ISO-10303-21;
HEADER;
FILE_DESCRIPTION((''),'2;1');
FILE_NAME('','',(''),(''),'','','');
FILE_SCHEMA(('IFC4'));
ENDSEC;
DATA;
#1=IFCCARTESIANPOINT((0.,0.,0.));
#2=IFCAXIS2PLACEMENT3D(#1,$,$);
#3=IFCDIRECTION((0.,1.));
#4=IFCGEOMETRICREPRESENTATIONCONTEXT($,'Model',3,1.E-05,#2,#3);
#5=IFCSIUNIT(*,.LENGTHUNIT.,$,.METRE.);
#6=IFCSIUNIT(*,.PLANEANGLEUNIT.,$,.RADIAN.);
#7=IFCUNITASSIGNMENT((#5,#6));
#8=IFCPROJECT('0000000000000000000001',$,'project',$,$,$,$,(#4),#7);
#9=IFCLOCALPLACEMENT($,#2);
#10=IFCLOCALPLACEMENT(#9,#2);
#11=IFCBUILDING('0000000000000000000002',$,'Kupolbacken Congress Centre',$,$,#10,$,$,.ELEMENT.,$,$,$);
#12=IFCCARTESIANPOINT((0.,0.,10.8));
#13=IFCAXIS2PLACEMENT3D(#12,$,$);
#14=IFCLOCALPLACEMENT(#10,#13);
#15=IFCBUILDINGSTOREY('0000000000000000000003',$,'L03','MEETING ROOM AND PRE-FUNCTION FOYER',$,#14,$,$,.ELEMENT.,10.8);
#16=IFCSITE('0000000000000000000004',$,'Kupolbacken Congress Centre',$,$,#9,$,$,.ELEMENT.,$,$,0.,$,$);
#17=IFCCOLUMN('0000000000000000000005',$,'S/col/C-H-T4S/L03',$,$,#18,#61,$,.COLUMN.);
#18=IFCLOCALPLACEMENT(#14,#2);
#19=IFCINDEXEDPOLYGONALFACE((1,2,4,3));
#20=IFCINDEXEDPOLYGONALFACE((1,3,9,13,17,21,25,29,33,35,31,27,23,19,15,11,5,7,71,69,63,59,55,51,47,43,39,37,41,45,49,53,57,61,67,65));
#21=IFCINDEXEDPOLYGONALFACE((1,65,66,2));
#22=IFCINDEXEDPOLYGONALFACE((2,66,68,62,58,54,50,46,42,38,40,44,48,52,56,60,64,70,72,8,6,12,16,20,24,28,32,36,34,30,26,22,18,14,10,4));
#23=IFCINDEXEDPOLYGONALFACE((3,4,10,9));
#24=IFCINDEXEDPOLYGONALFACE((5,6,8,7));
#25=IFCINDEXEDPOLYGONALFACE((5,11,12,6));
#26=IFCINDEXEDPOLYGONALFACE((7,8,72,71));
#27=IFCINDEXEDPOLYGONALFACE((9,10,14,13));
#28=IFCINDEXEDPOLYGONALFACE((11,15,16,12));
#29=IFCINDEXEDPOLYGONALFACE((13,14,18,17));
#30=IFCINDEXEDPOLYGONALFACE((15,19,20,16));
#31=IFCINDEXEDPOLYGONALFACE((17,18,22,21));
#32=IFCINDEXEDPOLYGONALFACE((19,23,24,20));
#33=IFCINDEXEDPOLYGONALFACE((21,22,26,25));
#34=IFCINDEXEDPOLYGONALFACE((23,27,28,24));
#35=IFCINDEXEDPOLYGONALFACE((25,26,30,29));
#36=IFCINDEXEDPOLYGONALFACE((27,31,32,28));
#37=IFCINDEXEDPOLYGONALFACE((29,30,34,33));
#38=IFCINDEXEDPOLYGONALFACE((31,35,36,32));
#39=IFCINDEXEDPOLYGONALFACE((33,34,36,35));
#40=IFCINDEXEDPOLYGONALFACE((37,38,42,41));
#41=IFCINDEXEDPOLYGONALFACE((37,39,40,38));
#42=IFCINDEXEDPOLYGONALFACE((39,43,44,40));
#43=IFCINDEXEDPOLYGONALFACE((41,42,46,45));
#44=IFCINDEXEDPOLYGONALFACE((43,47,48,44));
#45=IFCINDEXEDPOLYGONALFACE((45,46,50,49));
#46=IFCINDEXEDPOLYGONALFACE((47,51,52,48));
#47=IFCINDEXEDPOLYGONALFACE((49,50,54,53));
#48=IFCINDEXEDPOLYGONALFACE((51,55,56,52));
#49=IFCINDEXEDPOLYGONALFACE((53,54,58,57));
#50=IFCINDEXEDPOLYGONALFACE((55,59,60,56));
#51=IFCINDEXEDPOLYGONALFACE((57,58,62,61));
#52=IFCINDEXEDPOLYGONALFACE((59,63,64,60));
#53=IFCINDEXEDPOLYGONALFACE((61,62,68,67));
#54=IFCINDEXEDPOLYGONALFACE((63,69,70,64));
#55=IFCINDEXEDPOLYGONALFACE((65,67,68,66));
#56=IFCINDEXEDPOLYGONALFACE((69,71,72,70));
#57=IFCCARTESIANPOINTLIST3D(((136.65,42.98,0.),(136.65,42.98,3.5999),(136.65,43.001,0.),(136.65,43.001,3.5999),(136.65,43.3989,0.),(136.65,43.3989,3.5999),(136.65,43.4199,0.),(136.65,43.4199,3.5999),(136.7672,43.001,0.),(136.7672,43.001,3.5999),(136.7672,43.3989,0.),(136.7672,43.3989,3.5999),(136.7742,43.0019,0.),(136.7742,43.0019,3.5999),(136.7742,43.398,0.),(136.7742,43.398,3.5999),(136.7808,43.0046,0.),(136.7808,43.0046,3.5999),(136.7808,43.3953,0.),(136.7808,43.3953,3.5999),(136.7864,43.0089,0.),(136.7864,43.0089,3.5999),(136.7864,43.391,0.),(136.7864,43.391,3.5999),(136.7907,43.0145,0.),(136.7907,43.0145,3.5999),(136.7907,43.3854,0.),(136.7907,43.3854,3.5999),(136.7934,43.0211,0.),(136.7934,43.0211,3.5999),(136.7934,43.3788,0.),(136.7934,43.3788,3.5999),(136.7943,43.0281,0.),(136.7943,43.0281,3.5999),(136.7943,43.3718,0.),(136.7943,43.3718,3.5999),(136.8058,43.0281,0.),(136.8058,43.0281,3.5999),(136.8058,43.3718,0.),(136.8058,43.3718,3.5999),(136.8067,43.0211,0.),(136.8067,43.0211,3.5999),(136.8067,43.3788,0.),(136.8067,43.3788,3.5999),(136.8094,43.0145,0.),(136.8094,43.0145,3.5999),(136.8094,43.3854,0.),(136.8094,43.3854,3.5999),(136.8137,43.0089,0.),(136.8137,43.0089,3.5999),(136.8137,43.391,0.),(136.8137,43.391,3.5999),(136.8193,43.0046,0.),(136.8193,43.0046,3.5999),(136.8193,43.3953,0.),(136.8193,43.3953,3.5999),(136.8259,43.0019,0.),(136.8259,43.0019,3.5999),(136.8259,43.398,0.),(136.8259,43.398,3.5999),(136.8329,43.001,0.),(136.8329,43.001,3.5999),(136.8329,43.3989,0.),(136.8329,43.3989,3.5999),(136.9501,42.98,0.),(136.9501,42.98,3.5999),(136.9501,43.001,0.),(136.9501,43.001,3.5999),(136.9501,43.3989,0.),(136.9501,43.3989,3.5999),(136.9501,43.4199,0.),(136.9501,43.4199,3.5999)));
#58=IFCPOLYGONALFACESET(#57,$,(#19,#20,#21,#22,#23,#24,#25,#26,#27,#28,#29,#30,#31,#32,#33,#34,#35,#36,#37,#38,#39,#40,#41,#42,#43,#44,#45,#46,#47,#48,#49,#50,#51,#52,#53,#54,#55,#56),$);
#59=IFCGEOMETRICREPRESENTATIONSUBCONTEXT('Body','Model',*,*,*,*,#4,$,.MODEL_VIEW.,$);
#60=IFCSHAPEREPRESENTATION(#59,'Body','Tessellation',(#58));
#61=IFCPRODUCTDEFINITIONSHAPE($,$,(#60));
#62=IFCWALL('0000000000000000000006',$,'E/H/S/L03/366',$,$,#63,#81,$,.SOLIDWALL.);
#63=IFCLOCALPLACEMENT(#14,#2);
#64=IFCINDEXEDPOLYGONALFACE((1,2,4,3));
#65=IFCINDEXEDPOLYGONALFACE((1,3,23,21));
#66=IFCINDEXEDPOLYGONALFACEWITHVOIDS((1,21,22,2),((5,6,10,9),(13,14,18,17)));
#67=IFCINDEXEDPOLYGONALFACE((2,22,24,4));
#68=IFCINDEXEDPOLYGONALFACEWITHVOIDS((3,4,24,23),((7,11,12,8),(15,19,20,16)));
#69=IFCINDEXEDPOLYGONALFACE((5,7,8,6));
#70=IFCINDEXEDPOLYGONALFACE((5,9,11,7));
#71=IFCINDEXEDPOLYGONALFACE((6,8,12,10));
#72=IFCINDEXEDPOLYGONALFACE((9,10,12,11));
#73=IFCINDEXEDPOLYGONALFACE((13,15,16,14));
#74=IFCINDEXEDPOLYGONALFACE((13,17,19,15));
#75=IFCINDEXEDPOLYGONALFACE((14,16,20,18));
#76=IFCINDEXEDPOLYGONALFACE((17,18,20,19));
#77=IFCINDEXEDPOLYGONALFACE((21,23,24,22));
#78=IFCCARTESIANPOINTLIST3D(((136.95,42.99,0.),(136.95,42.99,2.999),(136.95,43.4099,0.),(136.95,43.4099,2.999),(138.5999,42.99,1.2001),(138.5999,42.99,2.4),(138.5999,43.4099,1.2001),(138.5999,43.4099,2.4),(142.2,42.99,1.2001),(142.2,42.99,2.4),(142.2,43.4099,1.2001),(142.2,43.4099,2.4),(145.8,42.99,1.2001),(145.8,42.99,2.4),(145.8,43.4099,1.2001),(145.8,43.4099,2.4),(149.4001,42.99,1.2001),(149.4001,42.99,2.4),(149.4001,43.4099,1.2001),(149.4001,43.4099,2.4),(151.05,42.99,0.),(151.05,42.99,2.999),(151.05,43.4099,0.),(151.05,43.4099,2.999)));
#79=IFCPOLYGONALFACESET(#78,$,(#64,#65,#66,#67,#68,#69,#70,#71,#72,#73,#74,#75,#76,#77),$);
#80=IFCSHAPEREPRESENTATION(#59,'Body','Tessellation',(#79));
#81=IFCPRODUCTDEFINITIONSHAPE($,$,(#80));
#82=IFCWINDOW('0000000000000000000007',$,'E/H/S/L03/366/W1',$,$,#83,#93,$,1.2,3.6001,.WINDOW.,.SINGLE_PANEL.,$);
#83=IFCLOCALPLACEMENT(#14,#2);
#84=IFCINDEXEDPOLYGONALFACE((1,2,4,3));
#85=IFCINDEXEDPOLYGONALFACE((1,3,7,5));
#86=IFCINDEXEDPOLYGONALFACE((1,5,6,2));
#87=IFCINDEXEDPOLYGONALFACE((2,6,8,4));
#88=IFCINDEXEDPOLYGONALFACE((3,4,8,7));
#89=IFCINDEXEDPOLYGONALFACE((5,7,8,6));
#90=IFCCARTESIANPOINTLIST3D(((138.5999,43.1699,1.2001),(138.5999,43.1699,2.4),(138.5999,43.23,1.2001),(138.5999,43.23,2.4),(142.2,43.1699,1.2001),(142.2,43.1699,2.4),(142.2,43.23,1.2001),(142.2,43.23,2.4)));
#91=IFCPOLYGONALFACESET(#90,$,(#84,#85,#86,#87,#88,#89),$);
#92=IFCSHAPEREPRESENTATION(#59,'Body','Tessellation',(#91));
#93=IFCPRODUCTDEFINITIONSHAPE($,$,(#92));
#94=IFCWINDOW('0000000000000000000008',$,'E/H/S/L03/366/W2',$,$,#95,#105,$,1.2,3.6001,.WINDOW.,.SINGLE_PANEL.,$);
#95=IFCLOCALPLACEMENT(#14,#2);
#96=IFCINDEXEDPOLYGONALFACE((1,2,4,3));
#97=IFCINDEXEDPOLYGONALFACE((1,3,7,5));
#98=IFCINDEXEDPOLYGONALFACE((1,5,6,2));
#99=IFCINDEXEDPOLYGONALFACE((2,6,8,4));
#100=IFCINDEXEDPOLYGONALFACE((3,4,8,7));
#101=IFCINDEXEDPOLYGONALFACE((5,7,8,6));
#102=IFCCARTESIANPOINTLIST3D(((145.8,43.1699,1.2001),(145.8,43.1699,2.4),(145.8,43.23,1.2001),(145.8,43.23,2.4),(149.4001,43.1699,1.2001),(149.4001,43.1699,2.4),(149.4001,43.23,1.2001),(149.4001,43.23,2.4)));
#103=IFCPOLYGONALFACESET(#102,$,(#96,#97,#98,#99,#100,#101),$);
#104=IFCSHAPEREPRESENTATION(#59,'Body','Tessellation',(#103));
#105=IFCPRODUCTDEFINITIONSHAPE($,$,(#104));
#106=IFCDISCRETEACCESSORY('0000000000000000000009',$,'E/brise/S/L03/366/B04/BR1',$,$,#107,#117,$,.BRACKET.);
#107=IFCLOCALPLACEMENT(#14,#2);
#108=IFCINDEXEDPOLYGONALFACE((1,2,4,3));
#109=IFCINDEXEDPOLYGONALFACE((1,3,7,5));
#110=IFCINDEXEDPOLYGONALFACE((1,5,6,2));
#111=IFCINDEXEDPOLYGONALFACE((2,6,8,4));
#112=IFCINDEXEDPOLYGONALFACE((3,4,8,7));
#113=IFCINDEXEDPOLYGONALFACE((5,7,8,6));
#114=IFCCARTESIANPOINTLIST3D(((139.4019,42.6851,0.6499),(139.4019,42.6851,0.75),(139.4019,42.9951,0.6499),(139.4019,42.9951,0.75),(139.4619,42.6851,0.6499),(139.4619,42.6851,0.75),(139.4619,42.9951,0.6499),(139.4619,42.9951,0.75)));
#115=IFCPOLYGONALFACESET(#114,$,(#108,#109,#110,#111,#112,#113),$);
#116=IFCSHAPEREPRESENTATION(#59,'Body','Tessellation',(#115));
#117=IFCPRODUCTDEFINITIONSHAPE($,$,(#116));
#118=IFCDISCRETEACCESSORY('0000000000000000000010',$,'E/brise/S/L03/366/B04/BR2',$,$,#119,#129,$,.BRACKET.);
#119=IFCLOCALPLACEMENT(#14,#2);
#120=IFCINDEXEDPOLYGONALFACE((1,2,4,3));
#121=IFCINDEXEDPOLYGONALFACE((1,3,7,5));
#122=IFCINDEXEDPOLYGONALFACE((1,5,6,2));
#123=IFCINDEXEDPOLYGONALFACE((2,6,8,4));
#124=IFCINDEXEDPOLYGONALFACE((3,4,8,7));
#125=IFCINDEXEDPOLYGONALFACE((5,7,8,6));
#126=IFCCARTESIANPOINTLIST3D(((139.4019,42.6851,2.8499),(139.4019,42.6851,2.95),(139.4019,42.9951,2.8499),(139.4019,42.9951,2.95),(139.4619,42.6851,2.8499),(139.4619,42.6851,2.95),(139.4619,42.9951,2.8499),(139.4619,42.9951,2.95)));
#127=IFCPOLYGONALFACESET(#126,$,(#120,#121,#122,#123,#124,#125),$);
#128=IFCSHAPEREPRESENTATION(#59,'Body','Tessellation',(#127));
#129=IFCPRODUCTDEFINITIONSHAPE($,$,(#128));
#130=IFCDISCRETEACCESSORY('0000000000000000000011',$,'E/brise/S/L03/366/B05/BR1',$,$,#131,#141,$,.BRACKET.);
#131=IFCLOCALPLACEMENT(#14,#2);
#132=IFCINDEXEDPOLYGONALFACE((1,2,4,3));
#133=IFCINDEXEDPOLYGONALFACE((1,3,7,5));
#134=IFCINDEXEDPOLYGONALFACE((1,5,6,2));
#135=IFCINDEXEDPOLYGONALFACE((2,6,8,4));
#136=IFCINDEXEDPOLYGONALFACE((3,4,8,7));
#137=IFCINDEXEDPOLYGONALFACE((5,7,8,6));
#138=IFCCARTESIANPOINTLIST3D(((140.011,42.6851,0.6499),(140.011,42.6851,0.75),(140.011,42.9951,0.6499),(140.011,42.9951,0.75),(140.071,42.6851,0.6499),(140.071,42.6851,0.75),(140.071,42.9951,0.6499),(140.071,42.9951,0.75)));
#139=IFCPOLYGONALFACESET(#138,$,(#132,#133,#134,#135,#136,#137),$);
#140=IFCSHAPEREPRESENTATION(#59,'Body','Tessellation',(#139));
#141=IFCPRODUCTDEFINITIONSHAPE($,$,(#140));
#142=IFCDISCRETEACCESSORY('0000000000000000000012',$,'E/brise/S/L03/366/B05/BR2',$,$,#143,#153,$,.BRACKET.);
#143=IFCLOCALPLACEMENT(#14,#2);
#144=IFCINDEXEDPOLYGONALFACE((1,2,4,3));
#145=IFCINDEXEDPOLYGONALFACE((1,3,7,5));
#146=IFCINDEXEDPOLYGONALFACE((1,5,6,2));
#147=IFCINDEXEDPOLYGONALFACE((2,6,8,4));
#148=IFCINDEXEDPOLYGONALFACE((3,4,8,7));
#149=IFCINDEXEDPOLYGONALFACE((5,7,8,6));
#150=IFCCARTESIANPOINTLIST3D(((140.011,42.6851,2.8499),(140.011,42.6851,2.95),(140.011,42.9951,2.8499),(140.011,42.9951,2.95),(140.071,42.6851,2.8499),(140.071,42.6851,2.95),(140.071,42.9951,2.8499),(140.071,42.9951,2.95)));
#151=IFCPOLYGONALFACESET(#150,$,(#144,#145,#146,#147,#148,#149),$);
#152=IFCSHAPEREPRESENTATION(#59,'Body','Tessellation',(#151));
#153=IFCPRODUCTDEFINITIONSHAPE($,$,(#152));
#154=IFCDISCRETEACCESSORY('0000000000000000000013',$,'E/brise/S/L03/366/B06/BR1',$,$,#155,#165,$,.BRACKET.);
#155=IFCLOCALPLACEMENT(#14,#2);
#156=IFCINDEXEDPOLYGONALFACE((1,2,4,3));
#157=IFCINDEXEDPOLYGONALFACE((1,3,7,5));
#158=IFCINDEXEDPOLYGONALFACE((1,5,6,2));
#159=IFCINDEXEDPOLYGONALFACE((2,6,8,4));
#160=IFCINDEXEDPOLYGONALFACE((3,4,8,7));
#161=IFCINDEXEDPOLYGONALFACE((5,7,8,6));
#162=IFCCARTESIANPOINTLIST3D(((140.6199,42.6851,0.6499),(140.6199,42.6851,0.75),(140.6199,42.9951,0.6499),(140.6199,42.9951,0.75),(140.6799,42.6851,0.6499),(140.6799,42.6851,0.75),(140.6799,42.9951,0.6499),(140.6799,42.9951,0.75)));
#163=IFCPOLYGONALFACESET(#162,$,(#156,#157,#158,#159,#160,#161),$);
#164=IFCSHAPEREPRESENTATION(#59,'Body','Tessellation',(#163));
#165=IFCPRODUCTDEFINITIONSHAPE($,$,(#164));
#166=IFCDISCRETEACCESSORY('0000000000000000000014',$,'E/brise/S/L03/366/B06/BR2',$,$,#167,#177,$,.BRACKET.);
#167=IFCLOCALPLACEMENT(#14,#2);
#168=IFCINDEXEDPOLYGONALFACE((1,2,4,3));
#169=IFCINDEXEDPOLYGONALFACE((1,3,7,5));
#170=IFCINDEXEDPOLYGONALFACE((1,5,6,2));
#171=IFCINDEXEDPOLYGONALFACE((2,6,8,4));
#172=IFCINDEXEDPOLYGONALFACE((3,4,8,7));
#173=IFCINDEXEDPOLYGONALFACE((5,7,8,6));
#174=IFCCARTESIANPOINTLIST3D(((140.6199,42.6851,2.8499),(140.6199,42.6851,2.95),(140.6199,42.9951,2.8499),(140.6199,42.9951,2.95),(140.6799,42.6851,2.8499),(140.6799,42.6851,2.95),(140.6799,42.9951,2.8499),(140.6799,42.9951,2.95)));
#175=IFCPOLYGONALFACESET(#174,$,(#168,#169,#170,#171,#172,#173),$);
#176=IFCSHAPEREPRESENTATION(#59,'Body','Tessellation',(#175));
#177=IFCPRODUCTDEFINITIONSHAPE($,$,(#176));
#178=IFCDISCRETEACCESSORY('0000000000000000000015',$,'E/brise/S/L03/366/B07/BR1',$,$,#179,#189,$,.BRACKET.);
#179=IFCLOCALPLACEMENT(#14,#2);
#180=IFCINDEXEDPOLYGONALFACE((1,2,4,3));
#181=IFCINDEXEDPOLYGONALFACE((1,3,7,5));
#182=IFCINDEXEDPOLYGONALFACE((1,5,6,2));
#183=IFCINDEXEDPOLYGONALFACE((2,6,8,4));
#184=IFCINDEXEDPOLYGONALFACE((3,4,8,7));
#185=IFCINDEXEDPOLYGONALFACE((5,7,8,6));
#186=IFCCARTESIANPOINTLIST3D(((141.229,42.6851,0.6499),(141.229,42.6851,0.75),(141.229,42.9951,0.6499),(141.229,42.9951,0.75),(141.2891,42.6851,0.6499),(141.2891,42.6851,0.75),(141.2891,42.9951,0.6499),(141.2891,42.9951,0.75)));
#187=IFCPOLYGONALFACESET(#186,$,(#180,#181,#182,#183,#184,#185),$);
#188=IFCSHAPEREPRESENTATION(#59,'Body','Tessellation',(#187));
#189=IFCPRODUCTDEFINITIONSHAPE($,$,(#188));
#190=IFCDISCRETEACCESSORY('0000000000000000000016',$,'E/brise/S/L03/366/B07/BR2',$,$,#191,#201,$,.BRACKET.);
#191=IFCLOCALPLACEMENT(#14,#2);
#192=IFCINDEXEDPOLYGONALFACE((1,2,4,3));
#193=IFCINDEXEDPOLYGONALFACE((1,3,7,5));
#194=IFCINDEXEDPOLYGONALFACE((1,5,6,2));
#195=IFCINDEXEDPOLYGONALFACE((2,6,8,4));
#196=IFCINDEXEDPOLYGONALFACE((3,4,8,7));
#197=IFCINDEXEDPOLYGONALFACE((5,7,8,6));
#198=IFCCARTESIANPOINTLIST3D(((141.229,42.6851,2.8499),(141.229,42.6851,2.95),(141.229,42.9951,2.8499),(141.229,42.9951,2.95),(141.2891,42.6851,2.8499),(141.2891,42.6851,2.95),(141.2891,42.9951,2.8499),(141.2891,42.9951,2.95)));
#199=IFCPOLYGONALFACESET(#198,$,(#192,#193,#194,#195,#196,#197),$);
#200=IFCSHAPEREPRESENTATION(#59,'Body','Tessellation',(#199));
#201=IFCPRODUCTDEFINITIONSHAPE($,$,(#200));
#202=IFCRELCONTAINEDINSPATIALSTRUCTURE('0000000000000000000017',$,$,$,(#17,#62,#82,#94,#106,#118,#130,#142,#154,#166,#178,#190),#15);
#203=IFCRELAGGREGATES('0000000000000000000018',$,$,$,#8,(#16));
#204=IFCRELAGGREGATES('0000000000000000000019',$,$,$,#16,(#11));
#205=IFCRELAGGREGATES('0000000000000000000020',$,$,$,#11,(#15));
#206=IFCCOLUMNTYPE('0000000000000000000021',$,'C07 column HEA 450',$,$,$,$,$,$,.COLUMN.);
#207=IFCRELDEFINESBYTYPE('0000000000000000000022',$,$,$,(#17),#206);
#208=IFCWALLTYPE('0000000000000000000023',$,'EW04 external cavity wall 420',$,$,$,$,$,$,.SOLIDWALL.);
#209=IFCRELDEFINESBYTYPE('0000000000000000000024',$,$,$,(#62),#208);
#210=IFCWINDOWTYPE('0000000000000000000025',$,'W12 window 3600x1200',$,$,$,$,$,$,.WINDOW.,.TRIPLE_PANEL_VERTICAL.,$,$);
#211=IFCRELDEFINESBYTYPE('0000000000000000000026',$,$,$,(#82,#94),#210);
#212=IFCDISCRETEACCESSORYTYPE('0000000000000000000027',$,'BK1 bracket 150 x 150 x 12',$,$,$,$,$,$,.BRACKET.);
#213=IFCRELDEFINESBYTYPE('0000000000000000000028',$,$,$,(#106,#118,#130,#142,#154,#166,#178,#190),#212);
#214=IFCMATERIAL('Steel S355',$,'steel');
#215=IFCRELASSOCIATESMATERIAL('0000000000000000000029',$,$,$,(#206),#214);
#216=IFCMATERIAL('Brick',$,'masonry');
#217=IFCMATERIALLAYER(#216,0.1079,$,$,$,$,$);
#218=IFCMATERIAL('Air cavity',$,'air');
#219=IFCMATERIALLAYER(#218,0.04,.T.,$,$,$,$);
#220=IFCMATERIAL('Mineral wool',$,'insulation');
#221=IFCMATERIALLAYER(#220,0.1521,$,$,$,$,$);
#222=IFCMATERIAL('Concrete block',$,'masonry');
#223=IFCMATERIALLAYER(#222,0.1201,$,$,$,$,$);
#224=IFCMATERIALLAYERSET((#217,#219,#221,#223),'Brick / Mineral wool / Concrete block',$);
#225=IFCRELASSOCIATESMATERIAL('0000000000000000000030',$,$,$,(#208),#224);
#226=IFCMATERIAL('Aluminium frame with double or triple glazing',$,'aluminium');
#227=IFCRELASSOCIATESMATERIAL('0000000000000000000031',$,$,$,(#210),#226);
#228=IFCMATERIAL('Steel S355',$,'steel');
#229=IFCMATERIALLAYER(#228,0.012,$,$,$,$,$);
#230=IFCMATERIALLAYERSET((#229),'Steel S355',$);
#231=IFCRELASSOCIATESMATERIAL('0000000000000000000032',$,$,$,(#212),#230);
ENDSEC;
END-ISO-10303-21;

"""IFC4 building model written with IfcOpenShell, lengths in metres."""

from ifc_helpers import new_model, si_unit, direction, frame, frame_2d, origin, origin_2d, place, context, subcontext, project, spatial, rectangle, i_section, extrude, material, layer, layer_set, material_profile, profile_set, type_object, element, fill, save


model = new_model("IFC4")

# Units and contexts
model_context = context("Model", 3, precision=1e-05, world=origin(), true_north=direction((0.0, 1.0)))
body_context = subcontext(model_context, "Body", "Model", "MODEL_VIEW")
ifc_project = project(units=[si_unit("LENGTHUNIT", "METRE"), si_unit("PLANEANGLEUNIT", "RADIAN")], contexts=[model_context])

# Site, building, storey
site_placement = place(None, origin())
site = spatial("IfcSite", under=ifc_project, at=site_placement, Name="Kupolbacken Congress Centre", CompositionType="ELEMENT", RefElevation=0.0)
building_placement = place(site_placement, origin())
building = spatial("IfcBuilding", under=site, at=building_placement, Name="Kupolbacken Congress Centre", CompositionType="ELEMENT")
storey_placement = place(building_placement, frame((0.0, 0.0, 10.8)))
storey = spatial("IfcBuildingStorey", under=building, at=storey_placement, Name="L03", Description="MEETING ROOM AND PRE-FUNCTION FOYER", CompositionType="ELEMENT", Elevation=10.8)

# Column
ifc_material_1 = material(Name="Steel S355", Category="steel")
ifc_material_profile = material_profile(ifc_material_1, i_section(OverallWidth=0.3, OverallDepth=0.4399, WebThickness=0.0115, FlangeThickness=0.021, FilletRadius=0.0271, at=origin_2d()), Name="HEA 450")
ifc_profile_set = profile_set([ifc_material_profile], Name="Steel S355")
column_type = type_object("IfcColumnType", Name="C07 column HEA 450", PredefinedType="COLUMN", material=ifc_profile_set)
column_placement = place(storey_placement, frame((136.8, 43.2, 0.0), z_axis=(0.0, 0.0, 1.0), x_axis=(1.0, 0.0, 0.0)))
element("IfcColumn", 1, at=column_placement, inside=storey, type_object=column_type, Name="S/col/C-H-T4S/L03", PredefinedType="COLUMN", context=body_context, shape_type="SweptSolid", body=[
    extrude(i_section(OverallWidth=0.3, OverallDepth=0.4399, WebThickness=0.0115, FlangeThickness=0.021, FilletRadius=0.0271, at=origin_2d()), origin(), (0.0, 0.0, 1.0), 3.5999),
])

# Wall, openings, windows
ifc_material_2 = material(Name="Brick", Category="masonry")
ifc_layer_1 = layer(ifc_material_2, 0.1079)
ifc_material_3 = material(Name="Air cavity", Category="air")
ifc_layer_2 = layer(ifc_material_3, 0.04, ventilated=True)
ifc_material_4 = material(Name="Mineral wool", Category="insulation")
ifc_layer_3 = layer(ifc_material_4, 0.1521)
ifc_material_5 = material(Name="Concrete block", Category="masonry")
ifc_layer_4 = layer(ifc_material_5, 0.1201)
ifc_layer_set_1 = layer_set([ifc_layer_1, ifc_layer_2, ifc_layer_3, ifc_layer_4], Name="Brick / Mineral wool / Concrete block")
wall_type = type_object("IfcWallType", Name="EW04 external cavity wall 420", PredefinedType="SOLIDWALL", material=ifc_layer_set_1)
wall_placement = place(storey_placement, frame((136.95, 43.2, 0.0), z_axis=(0.0, 0.0, 1.0), x_axis=(1.0, 0.0, 0.0)))
wall = element("IfcWall", 2, at=wall_placement, inside=storey, type_object=wall_type, Name="E/H/S/L03/366", PredefinedType="SOLIDWALL", context=body_context, shape_type="SweptSolid", body=[
    extrude(rectangle(XDim=14.1001, YDim=0.4199, at=frame_2d((7.05, 0.0))), origin(), (0.0, 0.0, 1.0), 2.999),
])
opening_1_placement = place(wall_placement, frame((1.6499, 0.0, 1.2)))
opening_1 = element("IfcOpeningElement", 3, at=opening_1_placement, cuts=wall, PredefinedType="OPENING", context=body_context, shape_type="SweptSolid", body=[
    extrude(rectangle(XDim=3.6001, YDim=1.2, at=frame_2d((1.8, 0.6001))), frame((0.0, 0.22, 0.0), z_axis=(0.0, -1.0, 0.0), x_axis=(1.0, 0.0, 0.0)), (0.0, 0.0, 1.0), 0.4399),
])
opening_2_placement = place(wall_placement, frame((8.8501, 0.0, 1.2)))
opening_2 = element("IfcOpeningElement", 4, at=opening_2_placement, cuts=wall, PredefinedType="OPENING", context=body_context, shape_type="SweptSolid", body=[
    extrude(rectangle(XDim=3.6001, YDim=1.2, at=frame_2d((1.8, 0.6001))), frame((0.0, 0.22, 0.0), z_axis=(0.0, -1.0, 0.0), x_axis=(1.0, 0.0, 0.0)), (0.0, 0.0, 1.0), 0.4399),
])
ifc_material_6 = material(Name="Aluminium frame with double or triple glazing", Category="aluminium")
window_type = type_object("IfcWindowType", Name="W12 window 3600x1200", PartitioningType="TRIPLE_PANEL_VERTICAL", PredefinedType="WINDOW", material=ifc_material_6)
window_1_placement = place(opening_1_placement, origin())
window_1 = element("IfcWindow", 5, at=window_1_placement, inside=storey, type_object=window_type, Name="E/H/S/L03/366/W1", OverallHeight=1.2, OverallWidth=3.6001, PartitioningType="SINGLE_PANEL", PredefinedType="WINDOW", context=body_context, shape_type="SweptSolid", body=[
    extrude(rectangle(XDim=3.6001, YDim=1.2, at=frame_2d((1.8, 0.6001))), frame((0.0, 0.03, 0.0), z_axis=(0.0, -1.0, 0.0), x_axis=(1.0, 0.0, 0.0)), (0.0, 0.0, 1.0), 0.0601),
])
fill(opening_1, window_1)
window_2_placement = place(opening_2_placement, origin())
window_2 = element("IfcWindow", 6, at=window_2_placement, inside=storey, type_object=window_type, Name="E/H/S/L03/366/W2", OverallHeight=1.2, OverallWidth=3.6001, PartitioningType="SINGLE_PANEL", PredefinedType="WINDOW", context=body_context, shape_type="SweptSolid", body=[
    extrude(rectangle(XDim=3.6001, YDim=1.2, at=frame_2d((1.8, 0.6001))), frame((0.0, 0.03, 0.0), z_axis=(0.0, -1.0, 0.0), x_axis=(1.0, 0.0, 0.0)), (0.0, 0.0, 1.0), 0.0601),
])
fill(opening_2, window_2)

# Discrete accessories
ifc_material_7 = material(Name="Steel S355", Category="steel")
ifc_layer_5 = layer(ifc_material_7, 0.012)
ifc_layer_set_2 = layer_set([ifc_layer_5], Name="Steel S355")
discrete_accessory_type = type_object("IfcDiscreteAccessoryType", Name="BK1 bracket 150 x 150 x 12", PredefinedType="BRACKET", material=ifc_layer_set_2)
for number, where, z_axis, x_axis, name in (
    (7, (139.4319, 42.8401, 0.6499), (0.0, 0.0, 1.0), (1.0, 0.0, 0.0), "E/brise/S/L03/366/B04/BR1"),
    (8, (139.4319, 42.8401, 2.8499), (0.0, 0.0, 1.0), (1.0, 0.0, 0.0), "E/brise/S/L03/366/B04/BR2"),
    (9, (140.041, 42.8401, 0.6499), (0.0, 0.0, 1.0), (1.0, 0.0, 0.0), "E/brise/S/L03/366/B05/BR1"),
    (10, (140.041, 42.8401, 2.8499), (0.0, 0.0, 1.0), (1.0, 0.0, 0.0), "E/brise/S/L03/366/B05/BR2"),
    (11, (140.6499, 42.8401, 0.6499), (0.0, 0.0, 1.0), (1.0, 0.0, 0.0), "E/brise/S/L03/366/B06/BR1"),
    (12, (140.6499, 42.8401, 2.8499), (0.0, 0.0, 1.0), (1.0, 0.0, 0.0), "E/brise/S/L03/366/B06/BR2"),
    (13, (141.259, 42.8401, 0.6499), (0.0, 0.0, 1.0), (1.0, 0.0, 0.0), "E/brise/S/L03/366/B07/BR1"),
    (14, (141.259, 42.8401, 2.8499), (0.0, 0.0, 1.0), (1.0, 0.0, 0.0), "E/brise/S/L03/366/B07/BR2"),
):
    element("IfcDiscreteAccessory", number, at=place(storey_placement, frame(where, z_axis=z_axis, x_axis=x_axis)), inside=storey, type_object=discrete_accessory_type, Name=name, PredefinedType="BRACKET", context=body_context, shape_type="SweptSolid", body=[
        extrude(rectangle(XDim=0.0601, YDim=0.3101, at=origin_2d()), origin(), (0.0, 0.0, 1.0), 0.1001),
    ])

save(model, "model.ifc")
